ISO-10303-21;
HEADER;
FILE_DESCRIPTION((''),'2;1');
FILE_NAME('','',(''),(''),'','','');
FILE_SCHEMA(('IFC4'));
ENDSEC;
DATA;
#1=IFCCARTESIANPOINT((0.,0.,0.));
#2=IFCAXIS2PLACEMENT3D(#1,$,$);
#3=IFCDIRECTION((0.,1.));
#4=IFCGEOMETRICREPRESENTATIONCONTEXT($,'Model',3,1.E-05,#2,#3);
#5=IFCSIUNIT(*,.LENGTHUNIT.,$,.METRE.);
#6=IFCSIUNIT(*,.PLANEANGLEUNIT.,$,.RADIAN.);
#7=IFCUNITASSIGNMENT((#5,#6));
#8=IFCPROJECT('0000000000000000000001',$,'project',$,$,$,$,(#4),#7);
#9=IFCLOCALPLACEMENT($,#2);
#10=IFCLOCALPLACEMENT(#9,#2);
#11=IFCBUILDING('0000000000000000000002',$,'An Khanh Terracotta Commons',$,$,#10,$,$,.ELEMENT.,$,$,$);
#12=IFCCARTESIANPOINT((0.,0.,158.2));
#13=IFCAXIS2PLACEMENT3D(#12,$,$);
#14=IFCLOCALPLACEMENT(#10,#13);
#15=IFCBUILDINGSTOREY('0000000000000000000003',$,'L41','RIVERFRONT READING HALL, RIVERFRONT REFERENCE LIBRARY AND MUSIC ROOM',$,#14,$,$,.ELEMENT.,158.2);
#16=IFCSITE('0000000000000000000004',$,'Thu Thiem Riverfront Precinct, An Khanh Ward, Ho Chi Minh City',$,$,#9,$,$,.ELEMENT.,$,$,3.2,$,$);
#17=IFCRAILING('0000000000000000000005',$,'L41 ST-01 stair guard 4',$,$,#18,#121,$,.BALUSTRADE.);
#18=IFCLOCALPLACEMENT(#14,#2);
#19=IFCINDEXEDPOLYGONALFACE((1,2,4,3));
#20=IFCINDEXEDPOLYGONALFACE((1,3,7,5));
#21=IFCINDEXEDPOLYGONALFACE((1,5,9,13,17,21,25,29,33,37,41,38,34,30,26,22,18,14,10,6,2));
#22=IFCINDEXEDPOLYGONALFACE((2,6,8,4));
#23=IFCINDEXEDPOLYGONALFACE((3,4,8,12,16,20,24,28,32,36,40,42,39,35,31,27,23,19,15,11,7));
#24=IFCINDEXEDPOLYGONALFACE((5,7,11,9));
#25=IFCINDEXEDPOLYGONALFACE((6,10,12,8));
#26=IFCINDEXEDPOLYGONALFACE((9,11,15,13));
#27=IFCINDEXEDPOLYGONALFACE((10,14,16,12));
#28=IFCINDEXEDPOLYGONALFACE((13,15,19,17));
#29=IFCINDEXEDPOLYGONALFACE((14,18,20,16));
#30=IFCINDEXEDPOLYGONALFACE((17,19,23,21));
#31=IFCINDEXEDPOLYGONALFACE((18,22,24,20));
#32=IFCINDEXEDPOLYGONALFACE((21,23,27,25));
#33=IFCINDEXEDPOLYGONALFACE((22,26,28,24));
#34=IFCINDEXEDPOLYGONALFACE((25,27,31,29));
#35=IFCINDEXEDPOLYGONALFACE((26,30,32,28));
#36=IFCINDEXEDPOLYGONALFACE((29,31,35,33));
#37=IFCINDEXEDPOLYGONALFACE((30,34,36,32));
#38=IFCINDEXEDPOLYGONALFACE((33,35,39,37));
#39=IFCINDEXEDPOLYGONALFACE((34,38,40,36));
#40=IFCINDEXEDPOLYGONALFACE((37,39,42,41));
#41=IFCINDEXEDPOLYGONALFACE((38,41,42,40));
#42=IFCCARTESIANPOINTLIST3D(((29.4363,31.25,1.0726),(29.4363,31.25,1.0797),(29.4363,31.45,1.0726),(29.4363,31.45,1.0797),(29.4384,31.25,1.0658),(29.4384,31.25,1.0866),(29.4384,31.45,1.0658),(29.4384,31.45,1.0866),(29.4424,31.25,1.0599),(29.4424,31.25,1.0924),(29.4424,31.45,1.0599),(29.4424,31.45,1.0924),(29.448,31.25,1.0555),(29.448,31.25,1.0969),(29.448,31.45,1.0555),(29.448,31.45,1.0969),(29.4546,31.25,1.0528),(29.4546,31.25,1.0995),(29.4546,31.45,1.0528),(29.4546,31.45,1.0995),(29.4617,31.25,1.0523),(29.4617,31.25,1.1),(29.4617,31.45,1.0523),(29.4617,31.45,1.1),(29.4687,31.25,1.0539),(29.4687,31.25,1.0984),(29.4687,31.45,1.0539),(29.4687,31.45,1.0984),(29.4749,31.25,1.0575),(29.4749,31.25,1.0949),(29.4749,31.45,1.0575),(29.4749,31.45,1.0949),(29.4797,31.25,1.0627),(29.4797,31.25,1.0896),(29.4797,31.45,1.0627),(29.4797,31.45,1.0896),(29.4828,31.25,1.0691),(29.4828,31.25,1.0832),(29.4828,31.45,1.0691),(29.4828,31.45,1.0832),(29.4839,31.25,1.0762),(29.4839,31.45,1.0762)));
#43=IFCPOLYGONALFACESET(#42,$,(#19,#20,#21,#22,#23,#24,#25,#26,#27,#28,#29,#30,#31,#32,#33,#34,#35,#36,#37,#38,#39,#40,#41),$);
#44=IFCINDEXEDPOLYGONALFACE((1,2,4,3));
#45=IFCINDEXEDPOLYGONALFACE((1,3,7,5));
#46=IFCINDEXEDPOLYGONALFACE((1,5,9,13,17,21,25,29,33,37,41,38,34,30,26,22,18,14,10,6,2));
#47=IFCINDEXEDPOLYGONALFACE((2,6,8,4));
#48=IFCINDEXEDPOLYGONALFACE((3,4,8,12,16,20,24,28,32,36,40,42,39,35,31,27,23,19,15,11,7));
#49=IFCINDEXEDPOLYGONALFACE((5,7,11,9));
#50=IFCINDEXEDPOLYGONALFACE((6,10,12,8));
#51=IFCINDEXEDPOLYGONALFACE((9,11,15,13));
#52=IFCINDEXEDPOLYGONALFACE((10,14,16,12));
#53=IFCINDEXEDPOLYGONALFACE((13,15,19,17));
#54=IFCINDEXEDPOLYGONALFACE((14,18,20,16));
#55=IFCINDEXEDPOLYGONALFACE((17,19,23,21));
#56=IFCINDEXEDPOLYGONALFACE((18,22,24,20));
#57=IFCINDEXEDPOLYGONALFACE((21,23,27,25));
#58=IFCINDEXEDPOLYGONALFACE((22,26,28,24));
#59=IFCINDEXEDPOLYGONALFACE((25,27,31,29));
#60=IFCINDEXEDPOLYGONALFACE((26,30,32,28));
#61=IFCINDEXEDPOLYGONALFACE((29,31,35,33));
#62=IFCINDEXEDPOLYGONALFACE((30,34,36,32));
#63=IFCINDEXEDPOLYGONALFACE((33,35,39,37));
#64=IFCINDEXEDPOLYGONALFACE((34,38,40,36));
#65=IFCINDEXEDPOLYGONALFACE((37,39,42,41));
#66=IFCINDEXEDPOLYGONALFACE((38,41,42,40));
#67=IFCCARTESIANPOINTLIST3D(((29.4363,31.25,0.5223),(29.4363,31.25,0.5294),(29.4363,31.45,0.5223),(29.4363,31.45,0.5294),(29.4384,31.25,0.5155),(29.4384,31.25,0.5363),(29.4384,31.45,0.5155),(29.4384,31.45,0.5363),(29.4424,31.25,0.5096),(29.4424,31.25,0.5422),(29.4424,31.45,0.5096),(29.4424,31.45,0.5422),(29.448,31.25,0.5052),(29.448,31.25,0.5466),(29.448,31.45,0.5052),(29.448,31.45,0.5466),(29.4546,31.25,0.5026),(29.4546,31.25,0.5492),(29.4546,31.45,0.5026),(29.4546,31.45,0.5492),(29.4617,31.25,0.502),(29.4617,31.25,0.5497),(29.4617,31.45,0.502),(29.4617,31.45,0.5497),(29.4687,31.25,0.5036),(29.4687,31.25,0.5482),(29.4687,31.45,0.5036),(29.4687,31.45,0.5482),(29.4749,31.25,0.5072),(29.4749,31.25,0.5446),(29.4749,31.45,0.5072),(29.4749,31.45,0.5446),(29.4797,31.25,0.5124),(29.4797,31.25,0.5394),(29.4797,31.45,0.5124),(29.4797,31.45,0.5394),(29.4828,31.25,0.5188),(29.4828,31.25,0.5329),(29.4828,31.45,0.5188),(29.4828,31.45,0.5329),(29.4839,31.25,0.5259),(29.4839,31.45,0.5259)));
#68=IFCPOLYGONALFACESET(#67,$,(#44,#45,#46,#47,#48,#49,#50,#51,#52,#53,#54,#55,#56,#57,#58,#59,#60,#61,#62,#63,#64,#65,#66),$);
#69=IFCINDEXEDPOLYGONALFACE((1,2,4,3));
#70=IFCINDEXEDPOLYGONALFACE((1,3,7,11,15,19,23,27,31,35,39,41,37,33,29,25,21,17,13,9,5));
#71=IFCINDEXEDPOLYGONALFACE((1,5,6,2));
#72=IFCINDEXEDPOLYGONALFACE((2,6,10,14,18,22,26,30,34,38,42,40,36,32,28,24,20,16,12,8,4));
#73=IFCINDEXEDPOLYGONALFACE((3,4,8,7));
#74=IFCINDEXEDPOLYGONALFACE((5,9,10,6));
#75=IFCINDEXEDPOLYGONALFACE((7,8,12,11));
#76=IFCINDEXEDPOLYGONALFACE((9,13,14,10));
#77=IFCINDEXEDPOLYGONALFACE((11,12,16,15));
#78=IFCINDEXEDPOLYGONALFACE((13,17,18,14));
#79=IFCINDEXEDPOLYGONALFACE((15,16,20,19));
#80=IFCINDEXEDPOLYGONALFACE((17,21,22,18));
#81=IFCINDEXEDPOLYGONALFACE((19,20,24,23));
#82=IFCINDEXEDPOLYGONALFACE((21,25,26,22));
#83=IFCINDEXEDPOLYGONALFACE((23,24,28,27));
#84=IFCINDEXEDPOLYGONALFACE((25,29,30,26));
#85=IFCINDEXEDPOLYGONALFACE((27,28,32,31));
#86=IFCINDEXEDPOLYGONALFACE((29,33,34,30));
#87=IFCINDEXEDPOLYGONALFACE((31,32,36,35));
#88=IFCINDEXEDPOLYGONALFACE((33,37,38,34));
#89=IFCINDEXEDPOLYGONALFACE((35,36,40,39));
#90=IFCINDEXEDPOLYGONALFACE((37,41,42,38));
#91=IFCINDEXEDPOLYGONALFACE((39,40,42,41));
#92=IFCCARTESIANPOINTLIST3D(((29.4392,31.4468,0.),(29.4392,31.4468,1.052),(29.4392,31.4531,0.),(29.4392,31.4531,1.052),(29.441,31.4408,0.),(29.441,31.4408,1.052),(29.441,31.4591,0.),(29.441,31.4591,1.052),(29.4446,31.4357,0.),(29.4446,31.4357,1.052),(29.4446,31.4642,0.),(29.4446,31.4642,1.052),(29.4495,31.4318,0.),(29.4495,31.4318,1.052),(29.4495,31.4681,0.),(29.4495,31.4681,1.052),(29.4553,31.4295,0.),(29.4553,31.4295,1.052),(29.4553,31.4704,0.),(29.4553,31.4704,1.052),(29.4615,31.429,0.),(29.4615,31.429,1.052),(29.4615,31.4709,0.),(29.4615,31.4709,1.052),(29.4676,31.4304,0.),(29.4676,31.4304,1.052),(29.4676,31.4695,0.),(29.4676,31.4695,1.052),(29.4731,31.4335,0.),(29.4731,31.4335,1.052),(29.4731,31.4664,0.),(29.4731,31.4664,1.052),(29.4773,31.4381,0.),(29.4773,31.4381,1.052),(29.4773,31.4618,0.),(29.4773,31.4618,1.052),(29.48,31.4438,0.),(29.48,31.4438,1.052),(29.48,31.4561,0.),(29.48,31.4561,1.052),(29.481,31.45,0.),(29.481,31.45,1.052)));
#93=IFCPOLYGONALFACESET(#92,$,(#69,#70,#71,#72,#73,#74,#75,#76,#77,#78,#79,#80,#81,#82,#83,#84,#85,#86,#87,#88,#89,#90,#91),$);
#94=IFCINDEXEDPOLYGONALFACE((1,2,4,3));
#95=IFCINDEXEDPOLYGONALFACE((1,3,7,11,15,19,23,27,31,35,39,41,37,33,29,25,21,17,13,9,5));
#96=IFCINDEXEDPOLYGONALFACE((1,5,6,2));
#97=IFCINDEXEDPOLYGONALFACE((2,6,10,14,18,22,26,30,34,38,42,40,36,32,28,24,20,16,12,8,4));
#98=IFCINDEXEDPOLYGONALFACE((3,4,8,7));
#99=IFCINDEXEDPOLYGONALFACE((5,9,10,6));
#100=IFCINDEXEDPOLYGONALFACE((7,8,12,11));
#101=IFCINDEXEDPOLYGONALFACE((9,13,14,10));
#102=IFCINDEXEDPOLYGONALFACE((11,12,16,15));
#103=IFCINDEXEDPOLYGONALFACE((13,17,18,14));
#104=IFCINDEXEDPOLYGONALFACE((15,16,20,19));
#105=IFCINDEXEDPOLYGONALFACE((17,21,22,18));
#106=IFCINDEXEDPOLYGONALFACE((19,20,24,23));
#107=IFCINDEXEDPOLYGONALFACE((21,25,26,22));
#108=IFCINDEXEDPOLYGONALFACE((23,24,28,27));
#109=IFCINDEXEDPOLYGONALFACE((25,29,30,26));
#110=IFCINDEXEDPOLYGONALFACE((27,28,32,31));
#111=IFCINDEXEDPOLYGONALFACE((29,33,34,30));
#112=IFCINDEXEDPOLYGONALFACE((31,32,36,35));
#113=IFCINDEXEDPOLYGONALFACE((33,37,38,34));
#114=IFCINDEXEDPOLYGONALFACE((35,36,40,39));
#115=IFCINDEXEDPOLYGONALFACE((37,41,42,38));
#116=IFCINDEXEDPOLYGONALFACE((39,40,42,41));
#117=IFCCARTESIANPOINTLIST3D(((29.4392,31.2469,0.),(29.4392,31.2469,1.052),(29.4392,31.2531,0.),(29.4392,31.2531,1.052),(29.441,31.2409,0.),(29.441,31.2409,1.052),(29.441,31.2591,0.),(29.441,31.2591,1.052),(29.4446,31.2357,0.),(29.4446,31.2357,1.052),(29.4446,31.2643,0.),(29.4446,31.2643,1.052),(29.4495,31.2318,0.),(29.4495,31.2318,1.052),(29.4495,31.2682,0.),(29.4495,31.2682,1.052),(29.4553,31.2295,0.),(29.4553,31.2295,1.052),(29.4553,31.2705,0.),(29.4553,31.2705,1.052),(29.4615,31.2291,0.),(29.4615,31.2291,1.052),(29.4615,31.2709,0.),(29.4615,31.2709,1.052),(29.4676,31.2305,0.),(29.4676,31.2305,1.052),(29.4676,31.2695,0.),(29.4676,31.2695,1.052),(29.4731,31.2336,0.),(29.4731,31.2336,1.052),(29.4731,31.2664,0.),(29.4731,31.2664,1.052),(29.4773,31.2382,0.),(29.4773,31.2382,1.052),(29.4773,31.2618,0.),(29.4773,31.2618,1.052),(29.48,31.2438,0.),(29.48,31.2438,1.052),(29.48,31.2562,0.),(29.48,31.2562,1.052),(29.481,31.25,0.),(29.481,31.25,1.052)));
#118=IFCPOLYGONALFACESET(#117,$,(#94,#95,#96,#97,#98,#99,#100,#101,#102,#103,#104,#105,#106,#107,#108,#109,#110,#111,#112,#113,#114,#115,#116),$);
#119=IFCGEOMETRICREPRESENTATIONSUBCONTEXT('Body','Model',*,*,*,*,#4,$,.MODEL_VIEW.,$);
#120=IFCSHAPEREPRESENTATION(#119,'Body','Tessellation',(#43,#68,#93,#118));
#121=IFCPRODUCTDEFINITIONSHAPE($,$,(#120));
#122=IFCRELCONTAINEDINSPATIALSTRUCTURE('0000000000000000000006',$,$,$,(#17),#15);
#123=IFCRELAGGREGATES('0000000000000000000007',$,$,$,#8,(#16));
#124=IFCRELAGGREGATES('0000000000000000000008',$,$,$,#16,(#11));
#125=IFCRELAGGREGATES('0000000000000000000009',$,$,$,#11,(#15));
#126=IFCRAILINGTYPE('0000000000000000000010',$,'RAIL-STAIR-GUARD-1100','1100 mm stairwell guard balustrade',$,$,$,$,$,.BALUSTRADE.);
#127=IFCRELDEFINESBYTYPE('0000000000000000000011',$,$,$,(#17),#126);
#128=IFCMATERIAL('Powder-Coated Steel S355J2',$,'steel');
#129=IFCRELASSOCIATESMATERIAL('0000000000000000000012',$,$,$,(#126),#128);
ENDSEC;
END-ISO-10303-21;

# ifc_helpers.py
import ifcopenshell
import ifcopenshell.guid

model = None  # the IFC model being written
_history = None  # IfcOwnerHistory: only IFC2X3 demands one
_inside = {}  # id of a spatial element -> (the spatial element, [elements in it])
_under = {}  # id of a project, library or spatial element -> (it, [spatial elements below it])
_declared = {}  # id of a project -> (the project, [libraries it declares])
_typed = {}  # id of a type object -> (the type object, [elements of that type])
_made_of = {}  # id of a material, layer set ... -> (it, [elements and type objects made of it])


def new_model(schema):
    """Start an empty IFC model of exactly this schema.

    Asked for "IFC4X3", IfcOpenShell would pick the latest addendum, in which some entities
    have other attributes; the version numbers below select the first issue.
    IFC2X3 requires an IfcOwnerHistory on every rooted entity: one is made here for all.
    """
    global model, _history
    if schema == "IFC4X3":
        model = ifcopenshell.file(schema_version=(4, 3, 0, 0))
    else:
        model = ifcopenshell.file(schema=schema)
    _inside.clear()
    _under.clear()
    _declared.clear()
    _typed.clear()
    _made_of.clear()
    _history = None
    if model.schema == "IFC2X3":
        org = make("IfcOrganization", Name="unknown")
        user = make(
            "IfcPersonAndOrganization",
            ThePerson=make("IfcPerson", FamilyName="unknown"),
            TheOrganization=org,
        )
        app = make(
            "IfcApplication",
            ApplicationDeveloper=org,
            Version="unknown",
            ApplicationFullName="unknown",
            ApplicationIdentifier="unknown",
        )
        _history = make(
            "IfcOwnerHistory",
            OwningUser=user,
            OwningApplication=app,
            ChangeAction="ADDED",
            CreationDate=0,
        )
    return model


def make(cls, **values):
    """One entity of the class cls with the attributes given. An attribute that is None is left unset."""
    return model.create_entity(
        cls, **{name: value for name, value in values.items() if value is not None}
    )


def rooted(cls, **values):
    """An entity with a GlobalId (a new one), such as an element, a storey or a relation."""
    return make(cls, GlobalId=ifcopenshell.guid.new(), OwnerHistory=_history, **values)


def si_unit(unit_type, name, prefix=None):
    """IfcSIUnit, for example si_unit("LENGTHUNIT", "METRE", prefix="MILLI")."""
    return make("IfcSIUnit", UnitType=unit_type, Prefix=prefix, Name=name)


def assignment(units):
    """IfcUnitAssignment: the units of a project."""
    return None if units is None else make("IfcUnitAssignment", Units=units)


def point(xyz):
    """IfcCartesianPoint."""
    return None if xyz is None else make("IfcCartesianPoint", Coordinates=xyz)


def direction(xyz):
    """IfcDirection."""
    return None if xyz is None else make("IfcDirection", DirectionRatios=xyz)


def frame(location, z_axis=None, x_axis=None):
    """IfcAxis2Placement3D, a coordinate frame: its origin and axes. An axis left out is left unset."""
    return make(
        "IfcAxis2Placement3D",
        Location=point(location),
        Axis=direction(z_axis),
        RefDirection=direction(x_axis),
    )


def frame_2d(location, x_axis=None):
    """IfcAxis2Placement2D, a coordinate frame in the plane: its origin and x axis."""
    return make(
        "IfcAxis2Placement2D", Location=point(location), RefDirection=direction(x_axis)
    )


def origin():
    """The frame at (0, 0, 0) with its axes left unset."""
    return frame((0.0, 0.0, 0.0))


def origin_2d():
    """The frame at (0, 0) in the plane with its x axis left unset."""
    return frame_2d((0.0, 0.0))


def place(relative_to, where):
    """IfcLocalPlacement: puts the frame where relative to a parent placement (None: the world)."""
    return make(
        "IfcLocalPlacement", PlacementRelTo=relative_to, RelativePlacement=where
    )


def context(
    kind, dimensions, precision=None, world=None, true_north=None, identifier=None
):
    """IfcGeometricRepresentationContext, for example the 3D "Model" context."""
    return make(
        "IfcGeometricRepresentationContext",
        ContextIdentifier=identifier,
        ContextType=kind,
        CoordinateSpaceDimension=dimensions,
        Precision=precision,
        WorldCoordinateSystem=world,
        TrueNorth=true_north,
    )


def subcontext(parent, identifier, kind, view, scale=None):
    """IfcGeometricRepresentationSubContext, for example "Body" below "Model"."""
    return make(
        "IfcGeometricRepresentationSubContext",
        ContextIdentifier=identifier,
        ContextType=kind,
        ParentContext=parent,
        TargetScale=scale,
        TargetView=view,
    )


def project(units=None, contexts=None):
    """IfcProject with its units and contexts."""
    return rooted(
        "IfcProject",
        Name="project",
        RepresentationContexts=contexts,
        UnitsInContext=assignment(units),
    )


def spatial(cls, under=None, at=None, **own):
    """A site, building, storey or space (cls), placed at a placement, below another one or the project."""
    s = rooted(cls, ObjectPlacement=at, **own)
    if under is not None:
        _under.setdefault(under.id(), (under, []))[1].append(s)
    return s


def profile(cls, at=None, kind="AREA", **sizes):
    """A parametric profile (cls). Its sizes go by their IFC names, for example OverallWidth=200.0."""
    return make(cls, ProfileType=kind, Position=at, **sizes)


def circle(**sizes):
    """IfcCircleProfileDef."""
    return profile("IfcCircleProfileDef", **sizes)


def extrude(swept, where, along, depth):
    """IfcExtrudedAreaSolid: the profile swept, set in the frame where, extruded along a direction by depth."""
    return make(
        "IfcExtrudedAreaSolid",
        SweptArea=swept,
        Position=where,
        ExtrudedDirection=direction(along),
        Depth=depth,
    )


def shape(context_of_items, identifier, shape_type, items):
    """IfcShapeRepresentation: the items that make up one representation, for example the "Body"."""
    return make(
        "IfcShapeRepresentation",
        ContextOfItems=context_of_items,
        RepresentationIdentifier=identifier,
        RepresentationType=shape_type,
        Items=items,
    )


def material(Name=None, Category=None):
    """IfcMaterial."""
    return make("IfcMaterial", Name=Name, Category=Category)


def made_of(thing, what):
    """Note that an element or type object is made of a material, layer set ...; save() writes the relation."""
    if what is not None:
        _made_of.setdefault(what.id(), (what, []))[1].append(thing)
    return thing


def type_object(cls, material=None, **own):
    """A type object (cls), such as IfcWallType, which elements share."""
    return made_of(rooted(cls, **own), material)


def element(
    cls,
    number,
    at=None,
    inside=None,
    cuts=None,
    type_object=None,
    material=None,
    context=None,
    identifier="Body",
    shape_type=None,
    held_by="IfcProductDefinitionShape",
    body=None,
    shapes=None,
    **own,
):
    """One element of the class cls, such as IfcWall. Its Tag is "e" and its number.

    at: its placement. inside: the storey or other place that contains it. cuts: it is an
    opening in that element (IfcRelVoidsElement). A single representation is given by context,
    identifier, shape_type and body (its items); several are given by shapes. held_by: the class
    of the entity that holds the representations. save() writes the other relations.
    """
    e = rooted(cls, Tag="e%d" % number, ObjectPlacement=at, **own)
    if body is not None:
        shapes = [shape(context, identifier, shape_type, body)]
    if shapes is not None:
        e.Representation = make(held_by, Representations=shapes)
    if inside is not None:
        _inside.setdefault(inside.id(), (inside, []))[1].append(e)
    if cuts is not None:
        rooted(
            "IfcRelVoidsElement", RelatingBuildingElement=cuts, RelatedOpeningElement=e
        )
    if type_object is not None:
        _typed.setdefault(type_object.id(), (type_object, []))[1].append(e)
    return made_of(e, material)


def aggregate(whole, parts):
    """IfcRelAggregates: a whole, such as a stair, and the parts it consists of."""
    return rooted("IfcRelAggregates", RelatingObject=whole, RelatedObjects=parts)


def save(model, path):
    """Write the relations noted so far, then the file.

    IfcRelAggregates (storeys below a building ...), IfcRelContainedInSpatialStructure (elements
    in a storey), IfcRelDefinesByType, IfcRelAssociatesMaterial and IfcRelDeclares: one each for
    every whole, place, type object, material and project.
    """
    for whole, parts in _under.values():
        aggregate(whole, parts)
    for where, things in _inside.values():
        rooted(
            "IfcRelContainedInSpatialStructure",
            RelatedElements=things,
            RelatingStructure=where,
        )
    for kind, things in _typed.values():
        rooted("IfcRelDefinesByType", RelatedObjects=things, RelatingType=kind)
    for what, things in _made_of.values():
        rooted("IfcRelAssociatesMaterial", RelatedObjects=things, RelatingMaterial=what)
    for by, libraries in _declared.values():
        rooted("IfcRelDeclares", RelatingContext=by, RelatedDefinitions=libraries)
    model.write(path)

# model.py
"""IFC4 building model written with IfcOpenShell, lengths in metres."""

from ifc_helpers import new_model, si_unit, direction, frame, origin, origin_2d, place, context, subcontext, project, spatial, circle, extrude, material, type_object, element, save


model = new_model("IFC4")

# Units and contexts
model_context = context("Model", 3, precision=1e-05, world=origin(), true_north=direction((0.0, 1.0)))
body_context = subcontext(model_context, "Body", "Model", "MODEL_VIEW")
ifc_project = project(units=[si_unit("LENGTHUNIT", "METRE"), si_unit("PLANEANGLEUNIT", "RADIAN")], contexts=[model_context])

# Site, building, storey
site_placement = place(None, origin())
site = spatial("IfcSite", under=ifc_project, at=site_placement, Name="Thu Thiem Riverfront Precinct, An Khanh Ward, Ho Chi Minh City", CompositionType="ELEMENT", RefElevation=3.2)
building_placement = place(site_placement, origin())
building = spatial("IfcBuilding", under=site, at=building_placement, Name="An Khanh Terracotta Commons", CompositionType="ELEMENT")
storey_placement = place(building_placement, frame((0.0, 0.0, 158.2)))
storey = spatial("IfcBuildingStorey", under=building, at=storey_placement, Name="L41", Description="RIVERFRONT READING HALL, RIVERFRONT REFERENCE LIBRARY AND MUSIC ROOM", CompositionType="ELEMENT", Elevation=158.2)

# Railing
ifc_material_1 = material(Name="Powder-Coated Steel S355J2", Category="steel")
railing_type_1 = type_object("IfcRailingType", Name="RAIL-STAIR-GUARD-1100", Description="1100 mm stairwell guard balustrade", PredefinedType="BALUSTRADE", material=ifc_material_1)
railing_1_placement = place(storey_placement, frame((29.46, 31.45, 0.0)))
element("IfcRailing", 1, at=railing_1_placement, inside=storey, type_object=railing_type_1, Name="L41 ST-01 stair guard 4", PredefinedType="BALUSTRADE", context=body_context, shape_type="SweptSolid", body=[
    extrude(circle(Radius=0.0239, at=origin_2d()), frame((0.0, 0.0, 1.0762), z_axis=(0.0, -1.0, 0.0), x_axis=(1.0, 0.0, 0.0)), (0.0, 0.0, 1.0), 0.2),
    extrude(circle(Radius=0.0239, at=origin_2d()), frame((0.0, 0.0, 0.5259), z_axis=(0.0, -1.0, 0.0), x_axis=(1.0, 0.0, 0.0)), (0.0, 0.0, 1.0), 0.2),
    extrude(circle(Radius=0.021, at=origin_2d()), origin(), (0.0, 0.0, 1.0), 1.052),
    extrude(circle(Radius=0.021, at=origin_2d()), frame((0.0, -0.2, 0.0)), (0.0, 0.0, 1.0), 1.052),
])

save(model, "model.ifc")
